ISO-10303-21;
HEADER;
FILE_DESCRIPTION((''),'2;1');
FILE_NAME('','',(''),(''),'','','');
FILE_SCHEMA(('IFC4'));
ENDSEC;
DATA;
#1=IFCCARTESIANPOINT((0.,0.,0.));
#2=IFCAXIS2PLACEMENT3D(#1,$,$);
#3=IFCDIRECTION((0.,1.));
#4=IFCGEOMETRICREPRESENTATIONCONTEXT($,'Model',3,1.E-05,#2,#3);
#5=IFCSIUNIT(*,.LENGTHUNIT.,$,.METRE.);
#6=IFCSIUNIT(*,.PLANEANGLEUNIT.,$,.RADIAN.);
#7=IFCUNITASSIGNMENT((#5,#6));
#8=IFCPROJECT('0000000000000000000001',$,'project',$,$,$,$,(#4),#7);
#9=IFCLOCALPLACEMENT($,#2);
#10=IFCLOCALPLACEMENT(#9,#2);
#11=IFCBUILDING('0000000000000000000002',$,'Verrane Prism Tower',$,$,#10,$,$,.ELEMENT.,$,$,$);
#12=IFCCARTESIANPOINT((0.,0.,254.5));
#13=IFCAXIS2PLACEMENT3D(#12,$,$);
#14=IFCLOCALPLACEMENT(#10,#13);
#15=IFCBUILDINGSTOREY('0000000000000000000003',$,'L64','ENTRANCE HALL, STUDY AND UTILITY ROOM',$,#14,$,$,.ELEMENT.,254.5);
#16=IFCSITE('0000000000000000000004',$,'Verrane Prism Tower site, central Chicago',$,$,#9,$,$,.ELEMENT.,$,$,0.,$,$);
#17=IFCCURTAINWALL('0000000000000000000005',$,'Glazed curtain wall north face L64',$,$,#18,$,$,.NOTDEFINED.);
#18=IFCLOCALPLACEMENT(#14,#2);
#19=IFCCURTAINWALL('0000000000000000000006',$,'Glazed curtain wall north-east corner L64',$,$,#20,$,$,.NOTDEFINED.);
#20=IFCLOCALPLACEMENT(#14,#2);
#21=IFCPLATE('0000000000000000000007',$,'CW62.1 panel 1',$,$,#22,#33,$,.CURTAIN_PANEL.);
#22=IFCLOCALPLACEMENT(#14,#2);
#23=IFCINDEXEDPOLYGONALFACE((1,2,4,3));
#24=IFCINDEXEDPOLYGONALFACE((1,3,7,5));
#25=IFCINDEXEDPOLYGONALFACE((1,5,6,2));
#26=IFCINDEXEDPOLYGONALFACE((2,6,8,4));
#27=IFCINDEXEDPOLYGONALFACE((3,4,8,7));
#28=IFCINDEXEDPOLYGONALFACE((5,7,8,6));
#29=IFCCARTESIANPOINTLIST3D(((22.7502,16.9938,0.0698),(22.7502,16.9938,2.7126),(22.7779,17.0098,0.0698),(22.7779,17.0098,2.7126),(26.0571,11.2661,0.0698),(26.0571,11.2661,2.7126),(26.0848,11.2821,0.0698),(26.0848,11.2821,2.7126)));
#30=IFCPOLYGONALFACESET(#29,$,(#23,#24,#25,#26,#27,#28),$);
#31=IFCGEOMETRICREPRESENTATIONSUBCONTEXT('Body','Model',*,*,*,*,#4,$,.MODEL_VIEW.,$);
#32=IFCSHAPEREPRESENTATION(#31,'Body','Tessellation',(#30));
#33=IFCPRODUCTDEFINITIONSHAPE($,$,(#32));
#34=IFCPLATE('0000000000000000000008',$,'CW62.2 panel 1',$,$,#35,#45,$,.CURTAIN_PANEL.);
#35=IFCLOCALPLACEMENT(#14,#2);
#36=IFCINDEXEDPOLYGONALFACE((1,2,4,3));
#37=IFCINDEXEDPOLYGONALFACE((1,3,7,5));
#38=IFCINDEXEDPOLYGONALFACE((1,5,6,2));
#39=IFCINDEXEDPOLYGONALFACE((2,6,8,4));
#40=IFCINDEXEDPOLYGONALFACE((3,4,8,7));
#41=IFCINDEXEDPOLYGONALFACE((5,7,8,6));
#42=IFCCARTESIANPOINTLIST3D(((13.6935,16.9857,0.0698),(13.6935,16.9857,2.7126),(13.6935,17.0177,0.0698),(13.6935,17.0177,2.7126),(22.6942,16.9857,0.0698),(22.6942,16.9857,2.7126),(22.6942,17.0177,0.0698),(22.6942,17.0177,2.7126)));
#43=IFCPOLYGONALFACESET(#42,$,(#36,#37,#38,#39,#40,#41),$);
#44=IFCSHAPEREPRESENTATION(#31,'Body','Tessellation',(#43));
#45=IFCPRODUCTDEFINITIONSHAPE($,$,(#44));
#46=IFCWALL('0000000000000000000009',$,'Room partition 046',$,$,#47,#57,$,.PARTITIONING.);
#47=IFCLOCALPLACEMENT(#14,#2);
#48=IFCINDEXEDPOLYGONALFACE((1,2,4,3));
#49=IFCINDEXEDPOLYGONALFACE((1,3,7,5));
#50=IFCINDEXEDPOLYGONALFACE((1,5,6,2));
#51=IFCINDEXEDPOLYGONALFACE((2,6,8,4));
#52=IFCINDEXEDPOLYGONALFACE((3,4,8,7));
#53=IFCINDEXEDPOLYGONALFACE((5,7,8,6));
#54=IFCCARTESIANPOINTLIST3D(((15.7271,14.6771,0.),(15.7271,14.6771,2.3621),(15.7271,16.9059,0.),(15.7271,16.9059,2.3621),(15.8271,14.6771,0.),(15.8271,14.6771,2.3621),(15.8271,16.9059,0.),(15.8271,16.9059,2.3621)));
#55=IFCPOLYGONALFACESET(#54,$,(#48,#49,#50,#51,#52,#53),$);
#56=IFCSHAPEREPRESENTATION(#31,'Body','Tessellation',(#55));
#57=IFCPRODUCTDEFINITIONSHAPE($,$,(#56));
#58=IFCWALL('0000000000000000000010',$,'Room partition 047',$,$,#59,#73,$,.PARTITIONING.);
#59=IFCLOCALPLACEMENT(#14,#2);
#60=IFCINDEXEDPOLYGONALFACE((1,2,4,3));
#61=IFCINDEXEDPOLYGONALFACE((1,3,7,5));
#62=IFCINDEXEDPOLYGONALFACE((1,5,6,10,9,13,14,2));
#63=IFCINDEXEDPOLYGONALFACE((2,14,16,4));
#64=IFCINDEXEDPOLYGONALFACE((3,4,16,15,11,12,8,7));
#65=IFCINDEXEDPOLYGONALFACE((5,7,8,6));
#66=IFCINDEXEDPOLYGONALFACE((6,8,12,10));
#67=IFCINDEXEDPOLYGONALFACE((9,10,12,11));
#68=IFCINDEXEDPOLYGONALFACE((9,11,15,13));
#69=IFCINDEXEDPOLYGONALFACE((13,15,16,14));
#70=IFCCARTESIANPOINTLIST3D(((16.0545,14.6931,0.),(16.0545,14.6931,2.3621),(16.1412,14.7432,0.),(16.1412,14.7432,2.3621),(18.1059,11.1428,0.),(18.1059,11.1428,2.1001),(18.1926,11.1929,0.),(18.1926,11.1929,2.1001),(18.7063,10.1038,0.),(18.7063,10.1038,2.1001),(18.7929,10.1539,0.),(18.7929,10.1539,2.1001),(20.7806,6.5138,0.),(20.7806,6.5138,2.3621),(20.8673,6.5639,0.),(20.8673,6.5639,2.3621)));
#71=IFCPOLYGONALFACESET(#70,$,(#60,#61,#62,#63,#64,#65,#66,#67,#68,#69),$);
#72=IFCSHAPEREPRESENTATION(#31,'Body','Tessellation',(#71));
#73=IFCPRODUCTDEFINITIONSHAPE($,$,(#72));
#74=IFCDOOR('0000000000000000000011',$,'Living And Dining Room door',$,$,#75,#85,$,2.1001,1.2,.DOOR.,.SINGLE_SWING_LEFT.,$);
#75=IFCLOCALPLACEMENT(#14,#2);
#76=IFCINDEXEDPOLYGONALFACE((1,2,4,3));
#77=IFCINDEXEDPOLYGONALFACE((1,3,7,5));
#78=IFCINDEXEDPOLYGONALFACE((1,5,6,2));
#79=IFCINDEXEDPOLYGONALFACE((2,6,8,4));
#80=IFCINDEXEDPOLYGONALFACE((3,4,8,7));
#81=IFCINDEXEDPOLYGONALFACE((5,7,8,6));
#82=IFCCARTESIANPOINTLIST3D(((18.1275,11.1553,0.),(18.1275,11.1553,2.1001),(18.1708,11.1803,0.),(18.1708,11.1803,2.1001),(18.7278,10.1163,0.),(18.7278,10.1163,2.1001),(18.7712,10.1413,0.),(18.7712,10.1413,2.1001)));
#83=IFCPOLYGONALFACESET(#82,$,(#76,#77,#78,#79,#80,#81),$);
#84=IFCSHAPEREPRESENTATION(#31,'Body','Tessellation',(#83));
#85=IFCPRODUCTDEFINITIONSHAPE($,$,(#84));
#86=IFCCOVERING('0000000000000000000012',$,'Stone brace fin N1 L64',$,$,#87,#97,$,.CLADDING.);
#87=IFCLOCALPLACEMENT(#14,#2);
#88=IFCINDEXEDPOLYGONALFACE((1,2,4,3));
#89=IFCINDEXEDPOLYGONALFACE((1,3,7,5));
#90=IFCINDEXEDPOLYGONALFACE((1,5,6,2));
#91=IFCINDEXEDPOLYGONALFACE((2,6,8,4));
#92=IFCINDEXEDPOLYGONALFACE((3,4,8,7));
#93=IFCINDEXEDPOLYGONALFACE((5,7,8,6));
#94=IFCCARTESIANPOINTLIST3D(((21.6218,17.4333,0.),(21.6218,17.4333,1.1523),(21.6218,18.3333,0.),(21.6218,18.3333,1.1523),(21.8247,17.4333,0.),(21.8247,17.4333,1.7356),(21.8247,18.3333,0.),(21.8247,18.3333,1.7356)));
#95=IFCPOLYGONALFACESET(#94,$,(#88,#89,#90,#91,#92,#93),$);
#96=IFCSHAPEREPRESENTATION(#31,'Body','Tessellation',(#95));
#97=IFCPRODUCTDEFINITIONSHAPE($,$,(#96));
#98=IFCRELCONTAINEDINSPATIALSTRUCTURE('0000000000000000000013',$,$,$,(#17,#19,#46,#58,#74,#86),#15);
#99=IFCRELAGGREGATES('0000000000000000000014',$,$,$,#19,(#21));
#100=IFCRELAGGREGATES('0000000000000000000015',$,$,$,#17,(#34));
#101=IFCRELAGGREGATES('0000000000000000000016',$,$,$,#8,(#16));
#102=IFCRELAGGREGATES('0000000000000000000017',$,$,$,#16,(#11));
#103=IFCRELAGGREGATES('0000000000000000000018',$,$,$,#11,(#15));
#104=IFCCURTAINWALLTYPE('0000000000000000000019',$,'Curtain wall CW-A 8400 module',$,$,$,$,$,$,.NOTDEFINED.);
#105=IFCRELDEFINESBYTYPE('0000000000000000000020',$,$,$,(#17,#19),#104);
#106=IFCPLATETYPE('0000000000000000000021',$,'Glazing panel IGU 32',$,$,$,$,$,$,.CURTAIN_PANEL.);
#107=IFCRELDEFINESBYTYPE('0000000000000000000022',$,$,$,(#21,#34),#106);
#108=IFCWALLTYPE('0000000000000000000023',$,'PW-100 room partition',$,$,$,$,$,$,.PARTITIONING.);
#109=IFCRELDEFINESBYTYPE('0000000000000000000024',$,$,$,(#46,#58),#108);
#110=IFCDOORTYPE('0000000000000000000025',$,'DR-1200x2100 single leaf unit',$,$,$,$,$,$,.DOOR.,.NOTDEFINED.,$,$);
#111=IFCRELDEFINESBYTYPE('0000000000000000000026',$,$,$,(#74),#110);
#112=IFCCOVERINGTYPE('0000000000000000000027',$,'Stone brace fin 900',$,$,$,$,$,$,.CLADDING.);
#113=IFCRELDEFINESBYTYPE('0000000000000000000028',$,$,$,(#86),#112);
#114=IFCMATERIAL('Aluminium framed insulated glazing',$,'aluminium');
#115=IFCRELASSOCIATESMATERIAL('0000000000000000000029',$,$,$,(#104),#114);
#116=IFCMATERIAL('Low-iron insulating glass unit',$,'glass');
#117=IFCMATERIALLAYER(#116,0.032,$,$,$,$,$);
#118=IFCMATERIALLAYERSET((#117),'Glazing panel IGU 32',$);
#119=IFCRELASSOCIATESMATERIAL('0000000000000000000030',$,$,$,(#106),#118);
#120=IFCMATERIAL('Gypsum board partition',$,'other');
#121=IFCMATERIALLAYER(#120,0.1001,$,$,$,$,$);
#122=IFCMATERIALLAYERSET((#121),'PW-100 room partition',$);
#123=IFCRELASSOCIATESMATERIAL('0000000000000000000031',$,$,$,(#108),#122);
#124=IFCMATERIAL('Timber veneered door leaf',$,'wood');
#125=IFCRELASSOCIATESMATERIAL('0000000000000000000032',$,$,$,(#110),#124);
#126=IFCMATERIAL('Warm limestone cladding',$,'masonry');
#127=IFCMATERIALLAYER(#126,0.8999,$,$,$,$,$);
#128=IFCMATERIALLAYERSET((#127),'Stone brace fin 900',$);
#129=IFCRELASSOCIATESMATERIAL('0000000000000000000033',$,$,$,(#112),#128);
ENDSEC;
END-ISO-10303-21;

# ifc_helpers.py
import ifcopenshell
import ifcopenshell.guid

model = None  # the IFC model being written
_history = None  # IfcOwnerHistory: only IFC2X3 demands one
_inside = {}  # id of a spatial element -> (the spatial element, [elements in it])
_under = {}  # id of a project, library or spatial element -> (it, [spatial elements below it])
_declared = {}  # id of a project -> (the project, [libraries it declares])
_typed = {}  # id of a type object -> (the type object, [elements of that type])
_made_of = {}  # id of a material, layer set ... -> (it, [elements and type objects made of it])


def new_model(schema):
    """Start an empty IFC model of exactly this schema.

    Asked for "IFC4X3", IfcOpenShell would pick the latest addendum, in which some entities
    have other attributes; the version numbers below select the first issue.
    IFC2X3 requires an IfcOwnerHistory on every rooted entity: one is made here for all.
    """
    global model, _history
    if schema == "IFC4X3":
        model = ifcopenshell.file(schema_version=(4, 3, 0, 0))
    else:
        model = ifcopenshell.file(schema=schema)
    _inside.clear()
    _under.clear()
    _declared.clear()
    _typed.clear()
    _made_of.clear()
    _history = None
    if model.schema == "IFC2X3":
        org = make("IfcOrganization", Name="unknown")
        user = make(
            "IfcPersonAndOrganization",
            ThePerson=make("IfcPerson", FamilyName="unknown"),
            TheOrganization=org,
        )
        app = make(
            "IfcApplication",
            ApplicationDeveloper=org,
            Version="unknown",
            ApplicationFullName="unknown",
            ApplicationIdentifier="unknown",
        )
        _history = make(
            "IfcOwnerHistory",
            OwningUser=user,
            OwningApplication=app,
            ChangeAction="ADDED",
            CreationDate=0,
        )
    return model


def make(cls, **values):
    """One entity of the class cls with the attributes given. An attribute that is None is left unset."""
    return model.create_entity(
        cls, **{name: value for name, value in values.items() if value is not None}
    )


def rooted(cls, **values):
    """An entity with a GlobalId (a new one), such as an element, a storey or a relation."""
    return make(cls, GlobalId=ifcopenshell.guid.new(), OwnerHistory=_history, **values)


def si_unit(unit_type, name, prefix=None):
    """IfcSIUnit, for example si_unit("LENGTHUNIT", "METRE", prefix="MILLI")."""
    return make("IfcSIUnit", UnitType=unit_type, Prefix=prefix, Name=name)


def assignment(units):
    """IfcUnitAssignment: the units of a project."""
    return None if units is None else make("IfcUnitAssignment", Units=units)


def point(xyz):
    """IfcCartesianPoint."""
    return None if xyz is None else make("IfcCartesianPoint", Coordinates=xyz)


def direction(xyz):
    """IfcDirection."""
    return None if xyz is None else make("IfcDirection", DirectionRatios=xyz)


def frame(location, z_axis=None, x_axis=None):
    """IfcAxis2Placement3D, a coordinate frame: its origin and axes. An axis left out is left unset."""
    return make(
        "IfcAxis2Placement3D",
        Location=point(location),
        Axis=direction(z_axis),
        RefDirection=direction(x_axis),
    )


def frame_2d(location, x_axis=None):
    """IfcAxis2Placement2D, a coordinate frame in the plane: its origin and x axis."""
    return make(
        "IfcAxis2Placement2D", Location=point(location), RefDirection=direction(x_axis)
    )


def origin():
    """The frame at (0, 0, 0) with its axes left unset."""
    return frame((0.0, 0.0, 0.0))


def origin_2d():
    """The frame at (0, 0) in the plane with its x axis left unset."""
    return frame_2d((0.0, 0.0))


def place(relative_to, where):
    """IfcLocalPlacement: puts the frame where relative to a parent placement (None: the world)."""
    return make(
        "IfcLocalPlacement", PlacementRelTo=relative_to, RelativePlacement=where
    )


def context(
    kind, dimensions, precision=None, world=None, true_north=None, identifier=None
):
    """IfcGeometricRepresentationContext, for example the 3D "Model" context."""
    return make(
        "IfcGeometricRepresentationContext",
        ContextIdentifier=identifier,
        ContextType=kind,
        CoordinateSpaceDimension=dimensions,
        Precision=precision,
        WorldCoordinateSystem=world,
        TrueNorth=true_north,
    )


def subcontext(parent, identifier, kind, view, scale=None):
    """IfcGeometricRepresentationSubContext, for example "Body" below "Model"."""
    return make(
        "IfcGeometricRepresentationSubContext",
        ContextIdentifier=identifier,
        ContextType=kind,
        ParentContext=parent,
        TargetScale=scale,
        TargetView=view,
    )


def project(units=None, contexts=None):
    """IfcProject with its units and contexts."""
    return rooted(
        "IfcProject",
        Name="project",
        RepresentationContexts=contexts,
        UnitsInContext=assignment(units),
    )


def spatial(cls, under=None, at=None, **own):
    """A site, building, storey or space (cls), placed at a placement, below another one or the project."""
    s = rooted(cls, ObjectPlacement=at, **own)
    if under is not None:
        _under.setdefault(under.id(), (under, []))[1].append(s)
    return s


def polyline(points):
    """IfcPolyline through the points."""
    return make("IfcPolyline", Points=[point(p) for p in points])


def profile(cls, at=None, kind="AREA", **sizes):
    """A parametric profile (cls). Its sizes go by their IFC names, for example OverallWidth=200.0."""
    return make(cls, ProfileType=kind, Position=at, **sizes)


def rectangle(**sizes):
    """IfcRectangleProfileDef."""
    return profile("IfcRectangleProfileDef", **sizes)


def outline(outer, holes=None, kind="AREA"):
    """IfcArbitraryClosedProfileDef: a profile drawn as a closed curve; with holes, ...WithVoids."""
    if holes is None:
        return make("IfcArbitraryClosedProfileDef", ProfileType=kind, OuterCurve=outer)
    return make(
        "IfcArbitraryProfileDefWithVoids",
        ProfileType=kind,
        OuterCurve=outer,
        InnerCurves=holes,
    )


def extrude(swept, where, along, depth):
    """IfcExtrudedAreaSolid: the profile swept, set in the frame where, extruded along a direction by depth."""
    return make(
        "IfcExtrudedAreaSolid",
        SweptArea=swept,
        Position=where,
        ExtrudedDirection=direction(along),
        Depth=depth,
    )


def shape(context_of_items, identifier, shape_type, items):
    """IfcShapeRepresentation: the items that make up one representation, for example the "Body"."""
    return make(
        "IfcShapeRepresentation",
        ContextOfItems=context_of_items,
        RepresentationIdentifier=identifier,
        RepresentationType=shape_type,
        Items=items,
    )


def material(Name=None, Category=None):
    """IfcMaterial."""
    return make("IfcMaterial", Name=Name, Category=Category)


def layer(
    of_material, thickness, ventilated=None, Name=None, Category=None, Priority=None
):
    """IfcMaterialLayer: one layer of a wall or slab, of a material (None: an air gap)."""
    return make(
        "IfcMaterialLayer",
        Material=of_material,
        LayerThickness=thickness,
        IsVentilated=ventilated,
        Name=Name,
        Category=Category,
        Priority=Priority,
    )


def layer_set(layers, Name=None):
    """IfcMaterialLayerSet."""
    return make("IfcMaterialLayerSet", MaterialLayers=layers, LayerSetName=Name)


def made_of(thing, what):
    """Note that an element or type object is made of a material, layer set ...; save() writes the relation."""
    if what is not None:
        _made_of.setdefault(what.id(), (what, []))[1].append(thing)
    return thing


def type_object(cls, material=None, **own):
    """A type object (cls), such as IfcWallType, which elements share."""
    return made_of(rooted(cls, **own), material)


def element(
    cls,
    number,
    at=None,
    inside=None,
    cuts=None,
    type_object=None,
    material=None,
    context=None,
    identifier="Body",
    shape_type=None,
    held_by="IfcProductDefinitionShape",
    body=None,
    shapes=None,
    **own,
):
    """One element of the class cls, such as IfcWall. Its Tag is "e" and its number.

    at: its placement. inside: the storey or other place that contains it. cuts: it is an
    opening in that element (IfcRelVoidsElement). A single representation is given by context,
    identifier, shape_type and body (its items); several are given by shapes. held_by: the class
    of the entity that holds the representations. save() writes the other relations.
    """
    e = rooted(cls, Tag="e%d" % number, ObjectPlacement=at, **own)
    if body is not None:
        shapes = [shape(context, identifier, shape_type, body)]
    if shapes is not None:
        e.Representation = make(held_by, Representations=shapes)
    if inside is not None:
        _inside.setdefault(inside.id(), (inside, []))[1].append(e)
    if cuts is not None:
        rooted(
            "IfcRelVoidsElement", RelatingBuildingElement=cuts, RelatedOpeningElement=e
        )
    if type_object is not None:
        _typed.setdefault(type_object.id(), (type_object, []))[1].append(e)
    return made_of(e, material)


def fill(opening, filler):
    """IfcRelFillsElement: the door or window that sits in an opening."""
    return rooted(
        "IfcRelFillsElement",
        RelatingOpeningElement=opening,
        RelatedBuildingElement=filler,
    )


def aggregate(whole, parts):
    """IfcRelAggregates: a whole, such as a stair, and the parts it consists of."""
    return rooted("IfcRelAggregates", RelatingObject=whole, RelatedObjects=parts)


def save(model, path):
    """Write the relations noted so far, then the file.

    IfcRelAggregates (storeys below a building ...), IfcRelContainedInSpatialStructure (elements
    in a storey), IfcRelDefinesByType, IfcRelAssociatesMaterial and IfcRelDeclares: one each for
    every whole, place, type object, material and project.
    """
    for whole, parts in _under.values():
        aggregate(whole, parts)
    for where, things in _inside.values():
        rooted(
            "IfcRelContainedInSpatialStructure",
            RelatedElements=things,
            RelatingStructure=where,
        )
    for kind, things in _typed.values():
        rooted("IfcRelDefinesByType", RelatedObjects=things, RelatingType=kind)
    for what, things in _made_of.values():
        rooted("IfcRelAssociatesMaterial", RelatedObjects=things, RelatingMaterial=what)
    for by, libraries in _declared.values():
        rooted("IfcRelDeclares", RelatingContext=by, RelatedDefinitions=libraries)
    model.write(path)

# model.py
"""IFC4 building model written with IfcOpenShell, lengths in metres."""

from ifc_helpers import new_model, si_unit, direction, frame, frame_2d, origin, origin_2d, place, context, subcontext, project, spatial, polyline, rectangle, outline, extrude, material, layer, layer_set, type_object, element, fill, aggregate, save


model = new_model("IFC4")

# Units and contexts
model_context = context("Model", 3, precision=1e-05, world=origin(), true_north=direction((0.0, 1.0)))
body_context = subcontext(model_context, "Body", "Model", "MODEL_VIEW")
ifc_project = project(units=[si_unit("LENGTHUNIT", "METRE"), si_unit("PLANEANGLEUNIT", "RADIAN")], contexts=[model_context])

# Site, building, storey
site_placement = place(None, origin())
site = spatial("IfcSite", under=ifc_project, at=site_placement, Name="Verrane Prism Tower site, central Chicago", CompositionType="ELEMENT", RefElevation=0.0)
building_placement = place(site_placement, origin())
building = spatial("IfcBuilding", under=site, at=building_placement, Name="Verrane Prism Tower", CompositionType="ELEMENT")
storey_placement = place(building_placement, frame((0.0, 0.0, 254.5)))
storey = spatial("IfcBuildingStorey", under=building, at=storey_placement, Name="L64", Description="ENTRANCE HALL, STUDY AND UTILITY ROOM", CompositionType="ELEMENT", Elevation=254.5)

# Curtain wall
ifc_material_1 = material(Name="Aluminium framed insulated glazing", Category="aluminium")
curtain_wall_type = type_object("IfcCurtainWallType", Name="Curtain wall CW-A 8400 module", PredefinedType="NOTDEFINED", material=ifc_material_1)
curtain_wall_1_placement = place(storey_placement, origin())
curtain_wall_1 = element("IfcCurtainWall", 1, at=curtain_wall_1_placement, inside=storey, type_object=curtain_wall_type, Name="Glazed curtain wall north face L64", PredefinedType="NOTDEFINED")

# Curtain wall
curtain_wall_2_placement = place(storey_placement, origin())
curtain_wall_2 = element("IfcCurtainWall", 2, at=curtain_wall_2_placement, inside=storey, type_object=curtain_wall_type, Name="Glazed curtain wall north-east corner L64", PredefinedType="NOTDEFINED")

# Plates
ifc_material_2 = material(Name="Low-iron insulating glass unit", Category="glass")
ifc_layer_1 = layer(ifc_material_2, 0.032)
ifc_layer_set_1 = layer_set([ifc_layer_1], Name="Glazing panel IGU 32")
plate_type = type_object("IfcPlateType", Name="Glazing panel IGU 32", PredefinedType="CURTAIN_PANEL", material=ifc_layer_set_1)
plate_1_placement = place(storey_placement, frame((24.4175, 14.1379, 0.0698), z_axis=(0.0, 0.0, 1.0), x_axis=(-0.499996, 0.866028, 0.0)))
plate_1 = element("IfcPlate", 3, at=plate_1_placement, type_object=plate_type, Name="CW62.1 panel 1", PredefinedType="CURTAIN_PANEL", context=body_context, shape_type="SweptSolid", body=[
    extrude(rectangle(XDim=6.6138, YDim=0.032, at=origin_2d()), origin(), (0.0, 0.0, 1.0), 2.6428),
])
aggregate(curtain_wall_2, [plate_1])
plate_2_placement = place(storey_placement, frame((18.1938, 17.0017, 0.0698), z_axis=(0.0, 0.0, 1.0), x_axis=(-1.0, 0.0, 0.0)))
plate_2 = element("IfcPlate", 4, at=plate_2_placement, type_object=plate_type, Name="CW62.2 panel 1", PredefinedType="CURTAIN_PANEL", context=body_context, shape_type="SweptSolid", body=[
    extrude(rectangle(XDim=9.0007, YDim=0.032, at=origin_2d()), origin(), (0.0, 0.0, 1.0), 2.6428),
])
aggregate(curtain_wall_1, [plate_2])

# Wall
ifc_material_3 = material(Name="Gypsum board partition", Category="other")
ifc_layer_2 = layer(ifc_material_3, 0.1001)
ifc_layer_set_2 = layer_set([ifc_layer_2], Name="PW-100 room partition")
wall_type = type_object("IfcWallType", Name="PW-100 room partition", PredefinedType="PARTITIONING", material=ifc_layer_set_2)
wall_1_placement = place(storey_placement, frame((15.7771, 14.6772, 0.0), z_axis=(0.0, 0.0, 1.0), x_axis=(0.0, 1.0, 0.0)))
element("IfcWall", 5, at=wall_1_placement, inside=storey, type_object=wall_type, Name="Room partition 046", PredefinedType="PARTITIONING", context=body_context, shape_type="SweptSolid", body=[
    extrude(rectangle(XDim=2.2288, YDim=0.1001, at=frame_2d((1.1143, 0.0))), origin(), (0.0, 0.0, 1.0), 2.3621),
])

# Wall, opening, door
wall_2_placement = place(storey_placement, frame((16.0979, 14.718, 0.0), z_axis=(0.0, 0.0, 1.0), x_axis=(0.500303, -0.865851, 0.0)))
wall_2 = element("IfcWall", 6, at=wall_2_placement, inside=storey, type_object=wall_type, Name="Room partition 047", PredefinedType="PARTITIONING", context=body_context, shape_type="SweptSolid", body=[
    extrude(rectangle(XDim=9.4465, YDim=0.1001, at=frame_2d((4.7231, 0.0))), origin(), (0.0, 0.0, 1.0), 2.3621),
])
opening_placement = place(wall_2_placement, frame((4.1001, 0.0, 0.0)))
opening = element("IfcOpeningElement", 7, at=opening_placement, cuts=wall_2, PredefinedType="OPENING", context=body_context, shape_type="SweptSolid", body=[
    extrude(rectangle(XDim=1.2, YDim=2.1001, at=frame_2d((0.6001, 1.05))), frame((0.0, 0.0601, 0.0), z_axis=(0.0, -1.0, 0.0), x_axis=(1.0, 0.0, 0.0)), (0.0, 0.0, 1.0), 0.1201),
])
ifc_material_4 = material(Name="Timber veneered door leaf", Category="wood")
door_type = type_object("IfcDoorType", Name="DR-1200x2100 single leaf unit", OperationType="NOTDEFINED", PredefinedType="DOOR", material=ifc_material_4)
door_placement = place(opening_placement, origin())
door = element("IfcDoor", 8, at=door_placement, inside=storey, type_object=door_type, Name="Living And Dining Room door", OperationType="SINGLE_SWING_LEFT", OverallHeight=2.1001, OverallWidth=1.2, PredefinedType="DOOR", context=body_context, shape_type="SweptSolid", body=[
    extrude(rectangle(XDim=1.2, YDim=2.1001, at=frame_2d((0.6001, 1.05))), frame((0.0, 0.0249, 0.0), z_axis=(0.0, -1.0, 0.0), x_axis=(1.0, 0.0, 0.0)), (0.0, 0.0, 1.0), 0.05),
])
fill(opening, door)

# Covering
ifc_material_5 = material(Name="Warm limestone cladding", Category="masonry")
ifc_layer_3 = layer(ifc_material_5, 0.8999)
ifc_layer_set_3 = layer_set([ifc_layer_3], Name="Stone brace fin 900")
covering_type = type_object("IfcCoveringType", Name="Stone brace fin 900", PredefinedType="CLADDING", material=ifc_layer_set_3)
covering_placement = place(storey_placement, frame((21.6218, 17.8833, 0.0), z_axis=(0.0, 0.0, 1.0), x_axis=(1.0, 0.0, 0.0)))
element("IfcCovering", 9, at=covering_placement, inside=storey, type_object=covering_type, Name="Stone brace fin N1 L64", PredefinedType="CLADDING", context=body_context, shape_type="SweptSolid", body=[
    extrude(outline(polyline([(0.0, 0.0), (0.2029, 0.0), (0.2029, 1.7356), (0.0, 1.1523), (0.0, 0.0)])), frame((0.0, 0.45, 0.0), z_axis=(0.0, -1.0, 0.0), x_axis=(1.0, 0.0, 0.0)), (0.0, 0.0, 1.0), 0.8999),
])

save(model, "model.ifc")
